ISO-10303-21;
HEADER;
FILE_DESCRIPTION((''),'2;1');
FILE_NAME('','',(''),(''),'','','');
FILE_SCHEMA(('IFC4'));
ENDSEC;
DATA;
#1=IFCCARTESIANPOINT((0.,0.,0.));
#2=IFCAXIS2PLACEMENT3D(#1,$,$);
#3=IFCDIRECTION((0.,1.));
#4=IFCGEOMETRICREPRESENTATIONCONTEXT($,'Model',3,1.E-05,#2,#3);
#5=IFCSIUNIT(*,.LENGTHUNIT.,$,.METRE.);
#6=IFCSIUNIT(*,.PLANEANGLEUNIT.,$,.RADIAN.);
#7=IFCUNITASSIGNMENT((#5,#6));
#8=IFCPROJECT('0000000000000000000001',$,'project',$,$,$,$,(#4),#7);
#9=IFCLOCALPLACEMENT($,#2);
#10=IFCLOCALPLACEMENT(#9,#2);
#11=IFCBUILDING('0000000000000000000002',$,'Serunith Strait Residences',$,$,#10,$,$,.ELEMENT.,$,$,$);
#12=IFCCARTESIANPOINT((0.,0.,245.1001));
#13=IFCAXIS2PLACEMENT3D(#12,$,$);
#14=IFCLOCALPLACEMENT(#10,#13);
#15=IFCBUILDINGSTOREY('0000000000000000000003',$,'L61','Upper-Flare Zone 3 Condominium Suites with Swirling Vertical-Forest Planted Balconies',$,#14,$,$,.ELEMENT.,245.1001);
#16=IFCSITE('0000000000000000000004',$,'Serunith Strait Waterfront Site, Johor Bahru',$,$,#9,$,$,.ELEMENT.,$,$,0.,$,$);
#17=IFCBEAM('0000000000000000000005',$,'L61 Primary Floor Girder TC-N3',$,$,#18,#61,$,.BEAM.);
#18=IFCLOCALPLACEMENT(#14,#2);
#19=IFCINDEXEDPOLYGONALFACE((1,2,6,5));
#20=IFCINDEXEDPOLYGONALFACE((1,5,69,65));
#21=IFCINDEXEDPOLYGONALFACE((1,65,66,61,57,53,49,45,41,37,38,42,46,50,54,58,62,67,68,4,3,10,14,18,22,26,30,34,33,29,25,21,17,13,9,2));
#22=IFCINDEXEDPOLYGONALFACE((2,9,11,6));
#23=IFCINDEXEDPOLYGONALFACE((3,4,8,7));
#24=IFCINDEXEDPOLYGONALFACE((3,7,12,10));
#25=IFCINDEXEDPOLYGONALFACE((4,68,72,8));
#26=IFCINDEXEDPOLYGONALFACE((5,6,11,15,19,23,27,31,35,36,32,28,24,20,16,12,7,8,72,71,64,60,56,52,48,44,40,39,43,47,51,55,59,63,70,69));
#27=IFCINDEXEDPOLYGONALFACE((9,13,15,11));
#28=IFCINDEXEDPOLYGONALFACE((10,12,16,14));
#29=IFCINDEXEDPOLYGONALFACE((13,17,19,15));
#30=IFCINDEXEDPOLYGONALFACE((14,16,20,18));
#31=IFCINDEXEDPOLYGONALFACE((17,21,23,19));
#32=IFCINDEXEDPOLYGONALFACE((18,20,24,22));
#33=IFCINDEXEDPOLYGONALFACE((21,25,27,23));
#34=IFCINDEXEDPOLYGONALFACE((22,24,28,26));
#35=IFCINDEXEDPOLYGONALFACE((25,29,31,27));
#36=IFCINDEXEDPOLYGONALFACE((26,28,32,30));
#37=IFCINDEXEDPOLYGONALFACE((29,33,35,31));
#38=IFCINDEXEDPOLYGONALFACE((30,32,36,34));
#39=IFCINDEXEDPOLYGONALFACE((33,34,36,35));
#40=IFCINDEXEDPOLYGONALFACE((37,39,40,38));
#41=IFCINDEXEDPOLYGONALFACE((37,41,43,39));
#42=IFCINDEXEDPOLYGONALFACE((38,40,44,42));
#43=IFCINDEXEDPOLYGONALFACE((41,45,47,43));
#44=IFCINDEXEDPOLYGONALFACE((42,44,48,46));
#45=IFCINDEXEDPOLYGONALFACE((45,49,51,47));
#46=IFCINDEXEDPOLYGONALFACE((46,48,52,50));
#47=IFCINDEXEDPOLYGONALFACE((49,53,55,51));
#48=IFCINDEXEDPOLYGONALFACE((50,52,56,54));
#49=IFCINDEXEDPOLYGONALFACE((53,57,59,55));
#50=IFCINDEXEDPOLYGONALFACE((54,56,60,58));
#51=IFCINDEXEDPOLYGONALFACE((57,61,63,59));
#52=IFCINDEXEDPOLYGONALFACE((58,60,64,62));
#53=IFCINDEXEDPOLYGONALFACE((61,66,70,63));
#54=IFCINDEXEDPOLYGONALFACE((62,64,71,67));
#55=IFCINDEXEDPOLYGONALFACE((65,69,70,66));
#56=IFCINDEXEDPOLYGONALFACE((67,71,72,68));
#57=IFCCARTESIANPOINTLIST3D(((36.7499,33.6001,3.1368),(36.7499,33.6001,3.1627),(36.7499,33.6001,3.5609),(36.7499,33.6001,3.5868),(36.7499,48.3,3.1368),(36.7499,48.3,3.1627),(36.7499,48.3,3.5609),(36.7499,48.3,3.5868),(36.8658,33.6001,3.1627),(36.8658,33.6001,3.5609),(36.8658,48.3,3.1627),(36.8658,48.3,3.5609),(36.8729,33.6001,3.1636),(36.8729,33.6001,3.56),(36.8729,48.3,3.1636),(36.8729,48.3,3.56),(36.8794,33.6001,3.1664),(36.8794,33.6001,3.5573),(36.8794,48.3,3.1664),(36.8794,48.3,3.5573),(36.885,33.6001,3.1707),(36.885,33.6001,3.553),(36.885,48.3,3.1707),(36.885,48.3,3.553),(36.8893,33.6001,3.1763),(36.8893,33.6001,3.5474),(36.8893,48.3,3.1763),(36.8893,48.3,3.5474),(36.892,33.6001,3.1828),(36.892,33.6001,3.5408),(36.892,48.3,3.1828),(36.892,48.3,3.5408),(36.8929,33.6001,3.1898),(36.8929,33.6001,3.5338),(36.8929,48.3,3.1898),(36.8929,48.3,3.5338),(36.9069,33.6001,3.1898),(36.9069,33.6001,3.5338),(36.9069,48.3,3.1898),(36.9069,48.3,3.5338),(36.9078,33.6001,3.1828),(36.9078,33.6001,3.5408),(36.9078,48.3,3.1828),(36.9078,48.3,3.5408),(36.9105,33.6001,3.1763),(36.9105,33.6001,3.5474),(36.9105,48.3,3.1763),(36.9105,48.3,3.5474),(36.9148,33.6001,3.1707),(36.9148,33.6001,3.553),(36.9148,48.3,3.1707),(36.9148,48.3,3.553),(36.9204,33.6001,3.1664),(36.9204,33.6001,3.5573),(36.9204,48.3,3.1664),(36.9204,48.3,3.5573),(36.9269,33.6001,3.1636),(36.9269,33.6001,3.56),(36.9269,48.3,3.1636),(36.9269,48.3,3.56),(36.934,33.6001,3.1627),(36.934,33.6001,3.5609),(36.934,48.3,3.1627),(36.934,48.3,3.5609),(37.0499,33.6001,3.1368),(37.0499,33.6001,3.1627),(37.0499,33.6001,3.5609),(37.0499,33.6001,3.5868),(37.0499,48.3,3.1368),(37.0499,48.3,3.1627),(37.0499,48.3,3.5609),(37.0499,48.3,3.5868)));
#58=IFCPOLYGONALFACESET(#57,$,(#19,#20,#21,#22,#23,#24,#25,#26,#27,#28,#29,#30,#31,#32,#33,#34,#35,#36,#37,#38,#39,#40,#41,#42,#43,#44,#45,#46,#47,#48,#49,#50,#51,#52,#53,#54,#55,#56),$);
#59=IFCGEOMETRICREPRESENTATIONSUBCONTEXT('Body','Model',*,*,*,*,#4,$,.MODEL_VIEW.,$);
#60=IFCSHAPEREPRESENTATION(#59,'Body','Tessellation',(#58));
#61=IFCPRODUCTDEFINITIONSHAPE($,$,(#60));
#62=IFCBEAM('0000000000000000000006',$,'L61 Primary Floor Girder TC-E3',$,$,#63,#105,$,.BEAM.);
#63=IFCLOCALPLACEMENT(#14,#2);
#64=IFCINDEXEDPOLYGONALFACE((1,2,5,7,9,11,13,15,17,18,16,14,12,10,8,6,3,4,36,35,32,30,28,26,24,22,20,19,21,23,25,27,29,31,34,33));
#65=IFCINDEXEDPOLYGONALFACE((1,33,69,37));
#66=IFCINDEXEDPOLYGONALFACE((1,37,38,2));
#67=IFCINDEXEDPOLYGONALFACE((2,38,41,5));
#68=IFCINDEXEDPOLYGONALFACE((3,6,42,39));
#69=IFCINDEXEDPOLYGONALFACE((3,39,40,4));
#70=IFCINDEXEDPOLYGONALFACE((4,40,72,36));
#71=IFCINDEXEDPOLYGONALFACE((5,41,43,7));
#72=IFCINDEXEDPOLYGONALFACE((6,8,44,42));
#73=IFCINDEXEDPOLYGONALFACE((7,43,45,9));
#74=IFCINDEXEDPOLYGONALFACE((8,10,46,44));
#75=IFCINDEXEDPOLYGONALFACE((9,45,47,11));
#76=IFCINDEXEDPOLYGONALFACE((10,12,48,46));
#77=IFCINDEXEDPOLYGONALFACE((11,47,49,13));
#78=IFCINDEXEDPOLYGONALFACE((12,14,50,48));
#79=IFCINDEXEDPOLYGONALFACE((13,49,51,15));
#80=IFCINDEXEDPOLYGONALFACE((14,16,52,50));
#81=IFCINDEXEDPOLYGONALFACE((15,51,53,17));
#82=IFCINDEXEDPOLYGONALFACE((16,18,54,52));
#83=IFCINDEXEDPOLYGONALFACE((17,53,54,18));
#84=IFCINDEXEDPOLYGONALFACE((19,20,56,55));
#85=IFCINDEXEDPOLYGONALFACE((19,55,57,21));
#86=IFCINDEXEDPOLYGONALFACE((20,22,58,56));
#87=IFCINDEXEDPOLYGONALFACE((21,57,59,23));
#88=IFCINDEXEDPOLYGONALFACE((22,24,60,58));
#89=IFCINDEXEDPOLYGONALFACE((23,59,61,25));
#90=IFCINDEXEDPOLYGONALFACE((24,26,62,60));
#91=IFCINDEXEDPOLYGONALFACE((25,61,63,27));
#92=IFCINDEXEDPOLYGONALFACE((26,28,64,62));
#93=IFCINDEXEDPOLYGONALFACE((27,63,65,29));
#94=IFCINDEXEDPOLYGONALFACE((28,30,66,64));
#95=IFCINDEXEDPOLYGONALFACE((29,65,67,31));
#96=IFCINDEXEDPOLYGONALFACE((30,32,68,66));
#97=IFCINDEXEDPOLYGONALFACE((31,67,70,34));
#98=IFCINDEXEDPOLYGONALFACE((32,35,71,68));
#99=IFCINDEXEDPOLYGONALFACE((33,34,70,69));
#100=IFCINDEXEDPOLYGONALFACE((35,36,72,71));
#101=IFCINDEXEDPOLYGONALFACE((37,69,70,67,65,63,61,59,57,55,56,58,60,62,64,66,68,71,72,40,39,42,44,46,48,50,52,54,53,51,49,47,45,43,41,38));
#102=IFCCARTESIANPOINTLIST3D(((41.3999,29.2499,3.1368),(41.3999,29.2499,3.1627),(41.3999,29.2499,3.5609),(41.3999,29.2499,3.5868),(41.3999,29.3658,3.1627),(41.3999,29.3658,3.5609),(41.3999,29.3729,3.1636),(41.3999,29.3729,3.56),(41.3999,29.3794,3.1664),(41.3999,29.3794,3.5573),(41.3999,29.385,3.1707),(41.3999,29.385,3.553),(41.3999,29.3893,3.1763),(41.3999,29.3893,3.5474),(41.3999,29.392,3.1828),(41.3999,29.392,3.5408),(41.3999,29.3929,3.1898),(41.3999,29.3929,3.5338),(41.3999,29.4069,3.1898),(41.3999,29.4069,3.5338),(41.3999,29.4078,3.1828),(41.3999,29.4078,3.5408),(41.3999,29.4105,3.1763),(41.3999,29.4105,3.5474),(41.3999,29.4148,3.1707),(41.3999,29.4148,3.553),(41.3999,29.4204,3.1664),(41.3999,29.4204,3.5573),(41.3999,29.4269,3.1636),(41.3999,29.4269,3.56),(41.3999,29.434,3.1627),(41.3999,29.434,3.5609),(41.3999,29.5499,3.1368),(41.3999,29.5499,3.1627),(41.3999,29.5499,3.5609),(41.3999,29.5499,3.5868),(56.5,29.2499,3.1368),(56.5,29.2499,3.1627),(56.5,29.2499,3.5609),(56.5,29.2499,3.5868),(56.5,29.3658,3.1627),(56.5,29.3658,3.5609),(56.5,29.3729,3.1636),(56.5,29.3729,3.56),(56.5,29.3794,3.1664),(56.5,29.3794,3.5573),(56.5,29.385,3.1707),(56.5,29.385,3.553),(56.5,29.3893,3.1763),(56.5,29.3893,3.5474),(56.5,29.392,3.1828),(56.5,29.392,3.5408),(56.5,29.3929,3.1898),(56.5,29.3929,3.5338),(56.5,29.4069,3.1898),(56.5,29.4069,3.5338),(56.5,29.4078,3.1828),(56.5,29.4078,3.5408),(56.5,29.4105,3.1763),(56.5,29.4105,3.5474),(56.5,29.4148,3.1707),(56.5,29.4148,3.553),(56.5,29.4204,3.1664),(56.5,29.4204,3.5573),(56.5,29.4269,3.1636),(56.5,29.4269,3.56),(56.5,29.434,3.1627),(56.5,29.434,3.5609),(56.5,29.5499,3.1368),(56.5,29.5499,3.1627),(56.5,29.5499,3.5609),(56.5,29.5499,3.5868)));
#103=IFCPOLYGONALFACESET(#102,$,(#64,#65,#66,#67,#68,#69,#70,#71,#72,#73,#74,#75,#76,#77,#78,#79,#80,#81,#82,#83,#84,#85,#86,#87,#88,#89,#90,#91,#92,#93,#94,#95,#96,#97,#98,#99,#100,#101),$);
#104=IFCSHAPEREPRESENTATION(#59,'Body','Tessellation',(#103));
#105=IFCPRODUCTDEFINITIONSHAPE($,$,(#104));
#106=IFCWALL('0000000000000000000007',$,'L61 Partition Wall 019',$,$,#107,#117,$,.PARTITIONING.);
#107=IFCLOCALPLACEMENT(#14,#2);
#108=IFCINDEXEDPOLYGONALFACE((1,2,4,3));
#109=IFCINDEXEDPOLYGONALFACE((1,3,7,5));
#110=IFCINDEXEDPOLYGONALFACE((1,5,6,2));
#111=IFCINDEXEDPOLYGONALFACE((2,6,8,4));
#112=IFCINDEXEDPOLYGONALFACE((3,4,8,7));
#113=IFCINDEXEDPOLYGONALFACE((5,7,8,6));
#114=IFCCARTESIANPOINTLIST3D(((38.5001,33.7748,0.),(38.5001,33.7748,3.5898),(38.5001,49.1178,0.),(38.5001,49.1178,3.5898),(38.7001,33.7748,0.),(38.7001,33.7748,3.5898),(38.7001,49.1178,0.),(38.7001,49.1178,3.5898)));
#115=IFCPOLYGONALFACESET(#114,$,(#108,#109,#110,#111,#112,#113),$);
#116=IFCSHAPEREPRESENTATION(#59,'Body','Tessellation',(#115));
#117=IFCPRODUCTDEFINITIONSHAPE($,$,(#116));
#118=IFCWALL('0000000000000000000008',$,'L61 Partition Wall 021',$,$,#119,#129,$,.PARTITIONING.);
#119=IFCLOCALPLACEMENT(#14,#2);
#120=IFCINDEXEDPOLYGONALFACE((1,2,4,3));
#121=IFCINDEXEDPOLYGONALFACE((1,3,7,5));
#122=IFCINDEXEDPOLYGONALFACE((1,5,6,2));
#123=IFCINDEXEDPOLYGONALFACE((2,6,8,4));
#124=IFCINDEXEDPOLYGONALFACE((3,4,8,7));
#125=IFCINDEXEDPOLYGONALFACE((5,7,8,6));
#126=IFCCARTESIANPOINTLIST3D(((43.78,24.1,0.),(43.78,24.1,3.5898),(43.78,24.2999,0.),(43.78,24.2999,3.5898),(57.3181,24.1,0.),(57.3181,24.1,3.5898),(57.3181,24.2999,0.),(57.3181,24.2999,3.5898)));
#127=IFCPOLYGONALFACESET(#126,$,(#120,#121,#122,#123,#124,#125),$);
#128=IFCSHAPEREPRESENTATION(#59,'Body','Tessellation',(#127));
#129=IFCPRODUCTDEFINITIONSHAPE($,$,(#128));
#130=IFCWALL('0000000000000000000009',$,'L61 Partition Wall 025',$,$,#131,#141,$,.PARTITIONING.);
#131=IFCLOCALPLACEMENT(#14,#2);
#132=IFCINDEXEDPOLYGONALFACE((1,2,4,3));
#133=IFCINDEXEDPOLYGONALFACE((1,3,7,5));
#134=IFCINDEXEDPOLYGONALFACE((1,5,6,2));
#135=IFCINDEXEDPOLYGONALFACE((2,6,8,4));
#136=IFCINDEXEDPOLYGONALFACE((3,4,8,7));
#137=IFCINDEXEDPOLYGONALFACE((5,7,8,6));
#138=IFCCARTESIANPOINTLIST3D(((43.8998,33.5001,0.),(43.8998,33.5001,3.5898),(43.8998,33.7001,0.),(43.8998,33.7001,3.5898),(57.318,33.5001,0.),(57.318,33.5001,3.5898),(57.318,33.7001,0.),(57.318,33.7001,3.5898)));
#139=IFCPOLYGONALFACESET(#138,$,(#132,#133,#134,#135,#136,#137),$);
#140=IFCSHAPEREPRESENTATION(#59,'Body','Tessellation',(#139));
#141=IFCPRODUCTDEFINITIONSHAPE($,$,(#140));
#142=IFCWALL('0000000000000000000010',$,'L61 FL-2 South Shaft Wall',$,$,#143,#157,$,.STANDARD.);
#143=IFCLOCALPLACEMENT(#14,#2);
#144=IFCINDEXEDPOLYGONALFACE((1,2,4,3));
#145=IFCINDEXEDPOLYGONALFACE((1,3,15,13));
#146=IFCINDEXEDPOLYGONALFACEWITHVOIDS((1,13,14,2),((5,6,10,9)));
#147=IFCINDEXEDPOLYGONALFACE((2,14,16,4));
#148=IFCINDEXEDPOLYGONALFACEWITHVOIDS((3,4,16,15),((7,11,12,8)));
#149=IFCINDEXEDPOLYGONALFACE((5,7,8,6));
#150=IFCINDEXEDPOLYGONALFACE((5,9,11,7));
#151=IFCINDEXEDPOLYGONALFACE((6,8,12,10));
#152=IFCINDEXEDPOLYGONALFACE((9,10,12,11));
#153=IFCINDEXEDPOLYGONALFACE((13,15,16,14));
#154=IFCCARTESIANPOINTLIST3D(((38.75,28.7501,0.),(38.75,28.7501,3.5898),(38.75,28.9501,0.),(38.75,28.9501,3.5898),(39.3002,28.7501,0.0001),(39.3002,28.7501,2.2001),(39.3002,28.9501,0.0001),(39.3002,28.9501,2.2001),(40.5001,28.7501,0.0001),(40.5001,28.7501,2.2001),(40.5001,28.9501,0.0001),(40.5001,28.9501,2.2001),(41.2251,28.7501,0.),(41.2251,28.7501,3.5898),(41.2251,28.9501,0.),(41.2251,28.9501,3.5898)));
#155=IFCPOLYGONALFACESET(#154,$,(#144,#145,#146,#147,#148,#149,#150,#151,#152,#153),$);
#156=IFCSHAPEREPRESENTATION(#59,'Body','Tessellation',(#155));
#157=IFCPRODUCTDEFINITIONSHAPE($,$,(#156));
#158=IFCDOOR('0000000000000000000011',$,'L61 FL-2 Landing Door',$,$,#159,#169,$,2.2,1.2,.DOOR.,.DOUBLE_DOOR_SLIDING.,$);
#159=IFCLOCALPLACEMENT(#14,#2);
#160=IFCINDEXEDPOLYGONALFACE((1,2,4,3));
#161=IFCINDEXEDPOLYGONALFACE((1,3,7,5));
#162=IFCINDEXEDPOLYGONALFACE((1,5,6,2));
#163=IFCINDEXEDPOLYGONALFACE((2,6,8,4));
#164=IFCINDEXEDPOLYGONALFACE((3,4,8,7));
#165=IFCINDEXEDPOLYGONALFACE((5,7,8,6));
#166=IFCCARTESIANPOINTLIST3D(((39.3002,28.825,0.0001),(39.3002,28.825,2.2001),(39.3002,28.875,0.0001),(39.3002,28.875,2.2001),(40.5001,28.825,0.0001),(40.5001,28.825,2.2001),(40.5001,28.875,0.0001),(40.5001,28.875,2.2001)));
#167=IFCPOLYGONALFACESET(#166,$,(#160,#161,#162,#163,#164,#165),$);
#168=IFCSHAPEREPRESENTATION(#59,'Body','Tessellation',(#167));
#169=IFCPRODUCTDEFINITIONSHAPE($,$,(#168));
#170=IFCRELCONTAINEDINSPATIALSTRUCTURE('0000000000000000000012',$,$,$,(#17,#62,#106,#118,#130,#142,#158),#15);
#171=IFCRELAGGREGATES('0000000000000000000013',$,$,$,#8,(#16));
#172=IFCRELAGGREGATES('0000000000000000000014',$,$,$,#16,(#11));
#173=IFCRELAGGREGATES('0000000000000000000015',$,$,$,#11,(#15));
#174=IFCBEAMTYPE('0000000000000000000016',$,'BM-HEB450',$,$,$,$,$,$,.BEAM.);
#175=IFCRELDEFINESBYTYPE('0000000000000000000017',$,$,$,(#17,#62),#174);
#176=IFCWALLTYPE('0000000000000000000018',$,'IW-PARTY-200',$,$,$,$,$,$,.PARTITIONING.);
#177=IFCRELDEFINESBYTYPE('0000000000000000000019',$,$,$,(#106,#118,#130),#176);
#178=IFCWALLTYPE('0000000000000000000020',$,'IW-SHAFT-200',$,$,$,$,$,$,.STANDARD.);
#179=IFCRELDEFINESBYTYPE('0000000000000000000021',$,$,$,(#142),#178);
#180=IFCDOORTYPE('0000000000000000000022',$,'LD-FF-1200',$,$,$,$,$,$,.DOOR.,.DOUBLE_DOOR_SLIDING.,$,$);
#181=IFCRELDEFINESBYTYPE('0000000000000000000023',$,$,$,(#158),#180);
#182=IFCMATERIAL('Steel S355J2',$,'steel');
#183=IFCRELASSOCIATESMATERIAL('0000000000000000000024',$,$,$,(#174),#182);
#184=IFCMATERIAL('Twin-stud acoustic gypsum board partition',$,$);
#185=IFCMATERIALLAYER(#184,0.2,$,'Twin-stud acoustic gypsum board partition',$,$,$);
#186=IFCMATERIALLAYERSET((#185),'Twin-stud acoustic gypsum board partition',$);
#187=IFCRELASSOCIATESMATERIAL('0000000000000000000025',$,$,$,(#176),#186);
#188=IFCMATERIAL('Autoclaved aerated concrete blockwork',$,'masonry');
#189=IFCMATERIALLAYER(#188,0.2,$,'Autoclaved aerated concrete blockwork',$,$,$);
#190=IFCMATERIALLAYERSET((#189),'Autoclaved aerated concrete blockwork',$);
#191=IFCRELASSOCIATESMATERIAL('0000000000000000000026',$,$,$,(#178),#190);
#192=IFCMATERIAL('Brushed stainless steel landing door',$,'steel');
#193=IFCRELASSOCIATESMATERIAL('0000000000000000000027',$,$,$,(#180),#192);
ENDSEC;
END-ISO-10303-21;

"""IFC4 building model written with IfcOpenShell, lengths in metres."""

from ifc_helpers import new_model, si_unit, direction, frame, frame_2d, origin, origin_2d, place, context, subcontext, project, spatial, rectangle, i_section, extrude, source, transform, mapped, material, layer, layer_set, material_profile, profile_set, type_object, element, fill, save


model = new_model("IFC4")

# Units and contexts
model_context = context("Model", 3, precision=1e-05, world=origin(), true_north=direction((0.0, 1.0)))
body_context = subcontext(model_context, "Body", "Model", "MODEL_VIEW")
ifc_project = project(units=[si_unit("LENGTHUNIT", "METRE"), si_unit("PLANEANGLEUNIT", "RADIAN")], contexts=[model_context])

# Site, building, storey
site_placement = place(None, origin())
site = spatial("IfcSite", under=ifc_project, at=site_placement, Name="Serunith Strait Waterfront Site, Johor Bahru", CompositionType="ELEMENT", RefElevation=0.0)
building_placement = place(site_placement, origin())
building = spatial("IfcBuilding", under=site, at=building_placement, Name="Serunith Strait Residences", CompositionType="ELEMENT")
storey_placement = place(building_placement, frame((0.0, 0.0, 245.1001)))
storey = spatial("IfcBuildingStorey", under=building, at=storey_placement, Name="L61", Description="Upper-Flare Zone 3 Condominium Suites with Swirling Vertical-Forest Planted Balconies", CompositionType="ELEMENT", Elevation=245.1001)

# Beams
ifc_material_1 = material(Name="Steel S355J2", Category="steel")
ifc_material_profile = material_profile(ifc_material_1, i_section(OverallWidth=0.3, OverallDepth=0.45, WebThickness=0.0139, FlangeThickness=0.0259, FilletRadius=0.0271, at=origin_2d()), Name="HEB 450")
ifc_profile_set = profile_set([ifc_material_profile], Name="Steel S355J2")
beam_type = type_object("IfcBeamType", Name="BM-HEB450", PredefinedType="BEAM", material=ifc_profile_set)
shared_shape_1 = source(origin(), body_context, "Body", "SweptSolid", [
    extrude(i_section(OverallWidth=0.3, OverallDepth=0.45, WebThickness=0.0139, FlangeThickness=0.0259, FilletRadius=0.0271, at=origin_2d()), origin(), (0.0, 0.0, 1.0), 14.7),
])
beam_1_placement = place(storey_placement, frame((36.8999, 33.6001, 3.3618), z_axis=(0.0, 1.0, 0.0), x_axis=(-1.0, 0.0, 0.0)))
element("IfcBeam", 1, at=beam_1_placement, inside=storey, type_object=beam_type, Name="L61 Primary Floor Girder TC-N3", PredefinedType="BEAM", context=body_context, shape_type="MappedRepresentation", body=[
    mapped(shared_shape_1, transform((0.0, 0.0, 0.0), scale=1.0)),
])
shared_shape_2 = source(origin(), body_context, "Body", "SweptSolid", [
    extrude(i_section(OverallWidth=0.3, OverallDepth=0.45, WebThickness=0.0139, FlangeThickness=0.0259, FilletRadius=0.0271, at=origin_2d()), origin(), (0.0, 0.0, 1.0), 15.1001),
])
beam_2_placement = place(storey_placement, frame((41.3999, 29.3999, 3.3618), z_axis=(1.0, 0.0, 0.0), x_axis=(0.0, 1.0, 0.0)))
element("IfcBeam", 2, at=beam_2_placement, inside=storey, type_object=beam_type, Name="L61 Primary Floor Girder TC-E3", PredefinedType="BEAM", context=body_context, shape_type="MappedRepresentation", body=[
    mapped(shared_shape_2, transform((0.0, 0.0, 0.0), scale=1.0)),
])

# Walls
ifc_material_2 = material(Name="Twin-stud acoustic gypsum board partition")
ifc_layer_1 = layer(ifc_material_2, 0.2, Name="Twin-stud acoustic gypsum board partition")
ifc_layer_set_1 = layer_set([ifc_layer_1], Name="Twin-stud acoustic gypsum board partition")
wall_type_1 = type_object("IfcWallType", Name="IW-PARTY-200", PredefinedType="PARTITIONING", material=ifc_layer_set_1)
wall_1_placement = place(storey_placement, frame((38.6001, 33.7749, 0.0), z_axis=(0.0, 0.0, 1.0), x_axis=(0.0, 1.0, 0.0)))
element("IfcWall", 3, at=wall_1_placement, inside=storey, type_object=wall_type_1, Name="L61 Partition Wall 019", PredefinedType="PARTITIONING", context=body_context, shape_type="SweptSolid", body=[
    extrude(rectangle(XDim=15.343, YDim=0.2, at=frame_2d((7.6714, 0.0))), origin(), (0.0, 0.0, 1.0), 3.5898),
])
wall_2_placement = place(storey_placement, frame((43.78, 24.2, 0.0), z_axis=(0.0, 0.0, 1.0), x_axis=(1.0, 0.0, 0.0)))
element("IfcWall", 4, at=wall_2_placement, inside=storey, type_object=wall_type_1, Name="L61 Partition Wall 021", PredefinedType="PARTITIONING", context=body_context, shape_type="SweptSolid", body=[
    extrude(rectangle(XDim=13.5381, YDim=0.2, at=frame_2d((6.769, 0.0))), origin(), (0.0, 0.0, 1.0), 3.5898),
])
wall_3_placement = place(storey_placement, frame((43.8999, 33.6001, 0.0), z_axis=(0.0, 0.0, 1.0), x_axis=(1.0, 0.0, 0.0)))
element("IfcWall", 5, at=wall_3_placement, inside=storey, type_object=wall_type_1, Name="L61 Partition Wall 025", PredefinedType="PARTITIONING", context=body_context, shape_type="SweptSolid", body=[
    extrude(rectangle(XDim=13.4182, YDim=0.2, at=frame_2d((6.709, 0.0))), origin(), (0.0, 0.0, 1.0), 3.5898),
])

# Wall, opening, door
ifc_material_3 = material(Name="Autoclaved aerated concrete blockwork", Category="masonry")
ifc_layer_2 = layer(ifc_material_3, 0.2, Name="Autoclaved aerated concrete blockwork")
ifc_layer_set_2 = layer_set([ifc_layer_2], Name="Autoclaved aerated concrete blockwork")
wall_type_2 = type_object("IfcWallType", Name="IW-SHAFT-200", PredefinedType="STANDARD", material=ifc_layer_set_2)
wall_4_placement = place(storey_placement, frame((38.75, 28.8501, 0.0), z_axis=(0.0, 0.0, 1.0), x_axis=(1.0, 0.0, 0.0)))
wall_4 = element("IfcWall", 6, at=wall_4_placement, inside=storey, type_object=wall_type_2, Name="L61 FL-2 South Shaft Wall", PredefinedType="STANDARD", context=body_context, shape_type="SweptSolid", body=[
    extrude(rectangle(XDim=2.4751, YDim=0.2, at=frame_2d((1.2375, 0.0))), origin(), (0.0, 0.0, 1.0), 3.5898),
])
opening_1_placement = place(wall_4_placement, frame((0.55, 0.0, 0.0)))
opening_1 = element("IfcOpeningElement", 7, at=opening_1_placement, cuts=wall_4, PredefinedType="OPENING", context=body_context, shape_type="SweptSolid", body=[
    extrude(rectangle(XDim=1.2, YDim=2.2, at=frame_2d((0.6001, 1.1001))), frame((0.0, 0.1099, 0.0), z_axis=(0.0, -1.0, 0.0), x_axis=(1.0, 0.0, 0.0)), (0.0, 0.0, 1.0), 0.22),
])
ifc_material_4 = material(Name="Brushed stainless steel landing door", Category="steel")
door_type_1 = type_object("IfcDoorType", Name="LD-FF-1200", OperationType="DOUBLE_DOOR_SLIDING", PredefinedType="DOOR", material=ifc_material_4)
shared_shape_3 = source(origin(), body_context, "Body", "SweptSolid", [
    extrude(rectangle(XDim=1.2, YDim=2.2, at=frame_2d((0.6001, 1.1001))), frame((0.0, 0.0249, 0.0), z_axis=(0.0, -1.0, 0.0), x_axis=(1.0, 0.0, 0.0)), (0.0, 0.0, 1.0), 0.05),
])
door_1_placement = place(opening_1_placement, origin())
door_1 = element("IfcDoor", 8, at=door_1_placement, inside=storey, type_object=door_type_1, Name="L61 FL-2 Landing Door", OperationType="DOUBLE_DOOR_SLIDING", OverallHeight=2.2, OverallWidth=1.2, PredefinedType="DOOR", context=body_context, shape_type="MappedRepresentation", body=[
    mapped(shared_shape_3, transform((0.0, 0.0, 0.0), scale=1.0)),
])
fill(opening_1, door_1)

save(model, "model.ifc")
